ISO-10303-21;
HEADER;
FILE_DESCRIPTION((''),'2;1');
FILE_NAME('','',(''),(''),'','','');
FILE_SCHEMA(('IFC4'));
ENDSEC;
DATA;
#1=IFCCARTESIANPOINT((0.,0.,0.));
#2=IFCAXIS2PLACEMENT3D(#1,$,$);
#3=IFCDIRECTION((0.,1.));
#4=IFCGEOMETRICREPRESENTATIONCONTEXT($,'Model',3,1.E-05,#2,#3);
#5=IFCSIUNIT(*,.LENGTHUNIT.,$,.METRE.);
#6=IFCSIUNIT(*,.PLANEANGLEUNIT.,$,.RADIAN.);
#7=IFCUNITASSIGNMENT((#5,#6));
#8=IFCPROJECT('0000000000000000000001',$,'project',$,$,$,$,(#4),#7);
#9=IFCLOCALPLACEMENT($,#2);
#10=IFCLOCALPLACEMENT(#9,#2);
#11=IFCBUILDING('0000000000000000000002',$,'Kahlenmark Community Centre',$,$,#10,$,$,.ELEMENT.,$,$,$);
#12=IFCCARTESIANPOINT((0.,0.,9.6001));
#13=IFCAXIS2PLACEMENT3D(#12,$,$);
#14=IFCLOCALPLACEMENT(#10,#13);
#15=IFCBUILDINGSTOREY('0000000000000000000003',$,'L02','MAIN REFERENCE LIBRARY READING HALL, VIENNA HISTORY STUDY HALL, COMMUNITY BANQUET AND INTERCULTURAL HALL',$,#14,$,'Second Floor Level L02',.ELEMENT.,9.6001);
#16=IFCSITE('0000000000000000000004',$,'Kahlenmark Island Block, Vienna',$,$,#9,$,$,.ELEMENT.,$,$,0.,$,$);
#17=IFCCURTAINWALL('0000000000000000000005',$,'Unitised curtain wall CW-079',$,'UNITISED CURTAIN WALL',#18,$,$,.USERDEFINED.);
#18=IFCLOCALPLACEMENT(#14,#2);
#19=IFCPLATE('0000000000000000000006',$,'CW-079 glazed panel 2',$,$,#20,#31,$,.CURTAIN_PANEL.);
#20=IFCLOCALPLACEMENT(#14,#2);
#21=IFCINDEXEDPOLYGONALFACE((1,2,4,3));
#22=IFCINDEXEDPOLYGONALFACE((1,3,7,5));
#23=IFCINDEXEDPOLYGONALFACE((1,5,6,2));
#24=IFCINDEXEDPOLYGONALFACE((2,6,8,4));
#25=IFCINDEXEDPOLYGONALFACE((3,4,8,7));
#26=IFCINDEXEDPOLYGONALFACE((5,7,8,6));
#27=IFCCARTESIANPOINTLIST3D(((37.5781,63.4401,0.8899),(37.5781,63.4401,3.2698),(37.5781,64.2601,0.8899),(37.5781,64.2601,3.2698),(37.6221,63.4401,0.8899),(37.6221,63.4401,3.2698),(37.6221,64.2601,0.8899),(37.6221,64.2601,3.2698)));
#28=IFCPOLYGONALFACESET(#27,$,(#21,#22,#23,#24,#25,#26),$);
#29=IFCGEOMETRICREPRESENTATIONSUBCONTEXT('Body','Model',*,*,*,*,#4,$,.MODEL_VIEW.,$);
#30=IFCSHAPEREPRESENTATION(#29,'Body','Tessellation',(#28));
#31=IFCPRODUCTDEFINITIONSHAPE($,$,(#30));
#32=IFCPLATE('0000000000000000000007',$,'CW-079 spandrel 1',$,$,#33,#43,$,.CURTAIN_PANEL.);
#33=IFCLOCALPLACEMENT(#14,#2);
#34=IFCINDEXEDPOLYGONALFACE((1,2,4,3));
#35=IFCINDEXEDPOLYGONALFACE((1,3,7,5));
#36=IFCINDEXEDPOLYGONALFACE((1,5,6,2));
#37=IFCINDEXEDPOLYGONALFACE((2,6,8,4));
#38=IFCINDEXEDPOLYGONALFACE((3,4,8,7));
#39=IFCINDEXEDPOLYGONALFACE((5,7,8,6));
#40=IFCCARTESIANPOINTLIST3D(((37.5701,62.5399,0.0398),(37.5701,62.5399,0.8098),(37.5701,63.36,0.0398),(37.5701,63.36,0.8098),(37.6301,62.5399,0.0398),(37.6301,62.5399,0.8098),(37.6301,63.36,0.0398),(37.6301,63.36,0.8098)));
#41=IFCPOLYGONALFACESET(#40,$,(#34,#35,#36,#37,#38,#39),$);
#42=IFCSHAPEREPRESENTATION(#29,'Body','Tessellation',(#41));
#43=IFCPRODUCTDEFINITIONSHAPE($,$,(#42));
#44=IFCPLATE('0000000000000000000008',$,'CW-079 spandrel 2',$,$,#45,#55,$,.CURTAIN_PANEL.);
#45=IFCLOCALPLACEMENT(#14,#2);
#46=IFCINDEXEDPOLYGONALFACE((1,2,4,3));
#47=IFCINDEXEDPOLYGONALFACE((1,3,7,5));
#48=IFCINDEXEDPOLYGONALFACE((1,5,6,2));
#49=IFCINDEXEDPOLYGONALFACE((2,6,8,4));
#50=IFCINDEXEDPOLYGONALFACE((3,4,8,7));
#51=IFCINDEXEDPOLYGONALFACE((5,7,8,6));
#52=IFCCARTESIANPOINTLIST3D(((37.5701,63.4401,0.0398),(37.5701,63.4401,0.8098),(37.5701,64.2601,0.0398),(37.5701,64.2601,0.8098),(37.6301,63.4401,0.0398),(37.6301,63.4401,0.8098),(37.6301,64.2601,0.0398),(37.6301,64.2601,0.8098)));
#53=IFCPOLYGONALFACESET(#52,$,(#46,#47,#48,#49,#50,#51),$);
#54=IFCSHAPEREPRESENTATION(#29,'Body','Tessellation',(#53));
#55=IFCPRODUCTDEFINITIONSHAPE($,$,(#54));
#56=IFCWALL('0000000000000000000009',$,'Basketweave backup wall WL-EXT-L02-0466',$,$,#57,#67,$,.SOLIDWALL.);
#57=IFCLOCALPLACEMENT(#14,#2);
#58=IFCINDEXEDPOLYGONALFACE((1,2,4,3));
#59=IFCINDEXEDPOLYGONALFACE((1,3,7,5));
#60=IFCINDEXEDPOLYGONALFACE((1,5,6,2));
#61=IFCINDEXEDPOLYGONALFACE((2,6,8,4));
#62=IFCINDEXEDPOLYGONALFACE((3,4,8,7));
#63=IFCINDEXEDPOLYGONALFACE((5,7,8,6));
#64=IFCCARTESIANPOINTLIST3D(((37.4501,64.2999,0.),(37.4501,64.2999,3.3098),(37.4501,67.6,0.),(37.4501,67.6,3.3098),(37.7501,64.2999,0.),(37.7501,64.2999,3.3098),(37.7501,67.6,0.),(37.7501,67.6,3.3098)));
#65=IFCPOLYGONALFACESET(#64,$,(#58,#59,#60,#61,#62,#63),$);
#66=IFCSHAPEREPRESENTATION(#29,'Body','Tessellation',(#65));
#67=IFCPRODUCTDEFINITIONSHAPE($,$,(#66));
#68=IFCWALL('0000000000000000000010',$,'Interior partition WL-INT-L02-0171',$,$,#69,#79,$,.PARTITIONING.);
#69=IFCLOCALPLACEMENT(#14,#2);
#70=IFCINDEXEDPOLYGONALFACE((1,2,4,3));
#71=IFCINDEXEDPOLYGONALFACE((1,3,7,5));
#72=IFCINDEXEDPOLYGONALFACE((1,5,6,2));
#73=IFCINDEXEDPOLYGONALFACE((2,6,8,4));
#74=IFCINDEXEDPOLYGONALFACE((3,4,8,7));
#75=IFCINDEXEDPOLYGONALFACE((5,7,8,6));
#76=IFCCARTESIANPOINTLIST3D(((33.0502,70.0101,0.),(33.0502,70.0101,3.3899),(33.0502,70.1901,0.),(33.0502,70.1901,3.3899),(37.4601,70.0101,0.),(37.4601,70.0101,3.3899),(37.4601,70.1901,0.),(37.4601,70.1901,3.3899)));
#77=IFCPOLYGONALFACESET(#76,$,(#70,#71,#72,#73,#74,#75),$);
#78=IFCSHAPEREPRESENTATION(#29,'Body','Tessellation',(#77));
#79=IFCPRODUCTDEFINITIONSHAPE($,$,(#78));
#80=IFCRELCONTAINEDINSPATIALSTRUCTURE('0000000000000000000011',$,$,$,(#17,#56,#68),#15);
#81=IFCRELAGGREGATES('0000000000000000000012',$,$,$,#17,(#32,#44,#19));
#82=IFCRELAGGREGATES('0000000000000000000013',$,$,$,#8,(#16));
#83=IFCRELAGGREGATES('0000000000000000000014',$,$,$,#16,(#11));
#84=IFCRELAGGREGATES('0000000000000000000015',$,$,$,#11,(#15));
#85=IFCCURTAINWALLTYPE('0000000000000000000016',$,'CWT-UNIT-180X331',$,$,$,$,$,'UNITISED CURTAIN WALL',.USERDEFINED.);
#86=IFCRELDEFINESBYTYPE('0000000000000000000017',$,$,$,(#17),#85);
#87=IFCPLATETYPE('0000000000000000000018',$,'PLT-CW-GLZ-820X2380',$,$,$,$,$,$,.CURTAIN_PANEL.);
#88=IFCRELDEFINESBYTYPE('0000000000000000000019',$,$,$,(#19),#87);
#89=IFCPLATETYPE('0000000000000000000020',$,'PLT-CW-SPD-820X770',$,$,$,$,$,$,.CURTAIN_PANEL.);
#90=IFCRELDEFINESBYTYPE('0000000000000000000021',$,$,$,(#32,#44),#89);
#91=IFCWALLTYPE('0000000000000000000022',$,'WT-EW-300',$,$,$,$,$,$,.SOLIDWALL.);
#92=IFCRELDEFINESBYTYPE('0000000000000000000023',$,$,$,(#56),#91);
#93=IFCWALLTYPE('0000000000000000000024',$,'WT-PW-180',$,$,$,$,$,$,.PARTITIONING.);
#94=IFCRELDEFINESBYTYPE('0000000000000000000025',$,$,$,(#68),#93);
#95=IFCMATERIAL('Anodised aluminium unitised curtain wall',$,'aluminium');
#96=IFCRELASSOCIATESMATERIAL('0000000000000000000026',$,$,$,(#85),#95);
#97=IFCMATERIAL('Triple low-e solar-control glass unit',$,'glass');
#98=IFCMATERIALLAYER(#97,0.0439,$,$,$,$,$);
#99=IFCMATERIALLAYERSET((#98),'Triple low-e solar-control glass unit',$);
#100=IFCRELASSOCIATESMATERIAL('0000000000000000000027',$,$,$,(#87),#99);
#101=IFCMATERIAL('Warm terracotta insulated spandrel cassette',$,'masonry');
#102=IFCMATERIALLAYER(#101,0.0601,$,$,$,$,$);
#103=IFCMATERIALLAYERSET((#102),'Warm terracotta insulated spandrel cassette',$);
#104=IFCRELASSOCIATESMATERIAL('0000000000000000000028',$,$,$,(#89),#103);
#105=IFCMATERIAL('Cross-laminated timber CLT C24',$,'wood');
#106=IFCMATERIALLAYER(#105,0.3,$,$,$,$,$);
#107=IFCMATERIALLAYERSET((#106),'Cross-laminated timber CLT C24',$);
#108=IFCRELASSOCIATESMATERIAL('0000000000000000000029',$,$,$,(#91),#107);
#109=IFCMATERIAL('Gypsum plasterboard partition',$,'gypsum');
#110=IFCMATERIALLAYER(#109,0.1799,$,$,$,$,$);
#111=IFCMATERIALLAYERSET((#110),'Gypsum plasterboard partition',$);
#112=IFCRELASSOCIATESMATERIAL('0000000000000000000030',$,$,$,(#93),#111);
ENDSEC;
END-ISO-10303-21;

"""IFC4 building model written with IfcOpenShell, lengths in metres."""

from ifc_helpers import new_model, si_unit, direction, frame, frame_2d, origin, origin_2d, place, context, subcontext, project, spatial, rectangle, extrude, material, layer, layer_set, type_object, element, aggregate, save


model = new_model("IFC4")

# Units and contexts
model_context = context("Model", 3, precision=1e-05, world=origin(), true_north=direction((0.0, 1.0)))
body_context = subcontext(model_context, "Body", "Model", "MODEL_VIEW")
ifc_project = project(units=[si_unit("LENGTHUNIT", "METRE"), si_unit("PLANEANGLEUNIT", "RADIAN")], contexts=[model_context])

# Site, building, storey
site_placement = place(None, origin())
site = spatial("IfcSite", under=ifc_project, at=site_placement, Name="Kahlenmark Island Block, Vienna", CompositionType="ELEMENT", RefElevation=0.0)
building_placement = place(site_placement, origin())
building = spatial("IfcBuilding", under=site, at=building_placement, Name="Kahlenmark Community Centre", CompositionType="ELEMENT")
storey_placement = place(building_placement, frame((0.0, 0.0, 9.6001)))
storey = spatial("IfcBuildingStorey", under=building, at=storey_placement, Name="L02", Description="MAIN REFERENCE LIBRARY READING HALL, VIENNA HISTORY STUDY HALL, COMMUNITY BANQUET AND INTERCULTURAL HALL", LongName="Second Floor Level L02", CompositionType="ELEMENT", Elevation=9.6001)

# Curtain wall, plates
ifc_material_1 = material(Name="Anodised aluminium unitised curtain wall", Category="aluminium")
curtain_wall_type = type_object("IfcCurtainWallType", Name="CWT-UNIT-180X331", ElementType="UNITISED CURTAIN WALL", PredefinedType="USERDEFINED", material=ifc_material_1)
curtain_wall_placement = place(storey_placement, origin())
curtain_wall = element("IfcCurtainWall", 1, at=curtain_wall_placement, inside=storey, type_object=curtain_wall_type, Name="Unitised curtain wall CW-079", ObjectType="UNITISED CURTAIN WALL", PredefinedType="USERDEFINED")
ifc_material_2 = material(Name="Triple low-e solar-control glass unit", Category="glass")
ifc_layer_1 = layer(ifc_material_2, 0.0439)
ifc_layer_set_1 = layer_set([ifc_layer_1], Name="Triple low-e solar-control glass unit")
plate_type_1 = type_object("IfcPlateType", Name="PLT-CW-GLZ-820X2380", PredefinedType="CURTAIN_PANEL", material=ifc_layer_set_1)
plate_1_placement = place(storey_placement, frame((37.6001, 63.8501, 0.8899), z_axis=(0.0, 0.0, 1.0), x_axis=(0.0, 1.0, 0.0)))
plate_1 = element("IfcPlate", 2, at=plate_1_placement, type_object=plate_type_1, Name="CW-079 glazed panel 2", PredefinedType="CURTAIN_PANEL", context=body_context, shape_type="SweptSolid", body=[
    extrude(rectangle(XDim=0.8201, YDim=0.0439, at=origin_2d()), origin(), (0.0, 0.0, 1.0), 2.3799),
])
ifc_material_3 = material(Name="Warm terracotta insulated spandrel cassette", Category="masonry")
ifc_layer_2 = layer(ifc_material_3, 0.0601)
ifc_layer_set_2 = layer_set([ifc_layer_2], Name="Warm terracotta insulated spandrel cassette")
plate_type_2 = type_object("IfcPlateType", Name="PLT-CW-SPD-820X770", PredefinedType="CURTAIN_PANEL", material=ifc_layer_set_2)
plate_2_placement = place(storey_placement, frame((37.6001, 62.95, 0.0398), z_axis=(0.0, 0.0, 1.0), x_axis=(0.0, 1.0, 0.0)))
plate_2 = element("IfcPlate", 3, at=plate_2_placement, type_object=plate_type_2, Name="CW-079 spandrel 1", PredefinedType="CURTAIN_PANEL", context=body_context, shape_type="SweptSolid", body=[
    extrude(rectangle(XDim=0.8201, YDim=0.0601, at=origin_2d()), origin(), (0.0, 0.0, 1.0), 0.77),
])
plate_3_placement = place(storey_placement, frame((37.6001, 63.8501, 0.0398), z_axis=(0.0, 0.0, 1.0), x_axis=(0.0, 1.0, 0.0)))
plate_3 = element("IfcPlate", 4, at=plate_3_placement, type_object=plate_type_2, Name="CW-079 spandrel 2", PredefinedType="CURTAIN_PANEL", context=body_context, shape_type="SweptSolid", body=[
    extrude(rectangle(XDim=0.8201, YDim=0.0601, at=origin_2d()), origin(), (0.0, 0.0, 1.0), 0.77),
])
aggregate(curtain_wall, [plate_2, plate_3, plate_1])

# Wall
ifc_material_4 = material(Name="Cross-laminated timber CLT C24", Category="wood")
ifc_layer_3 = layer(ifc_material_4, 0.3)
ifc_layer_set_3 = layer_set([ifc_layer_3], Name="Cross-laminated timber CLT C24")
wall_type_1 = type_object("IfcWallType", Name="WT-EW-300", PredefinedType="SOLIDWALL", material=ifc_layer_set_3)
wall_1_placement = place(storey_placement, frame((37.6001, 64.3, 0.0), z_axis=(0.0, 0.0, 1.0), x_axis=(0.0, 1.0, 0.0)))
element("IfcWall", 5, at=wall_1_placement, inside=storey, type_object=wall_type_1, Name="Basketweave backup wall WL-EXT-L02-0466", PredefinedType="SOLIDWALL", context=body_context, shape_type="SweptSolid", body=[
    extrude(rectangle(XDim=3.3, YDim=0.3, at=frame_2d((1.6499, 0.0))), origin(), (0.0, 0.0, 1.0), 3.3098),
])

# Shared definitions
ifc_material_5 = material(Name="Gypsum plasterboard partition", Category="gypsum")
ifc_layer_4 = layer(ifc_material_5, 0.1799)
ifc_layer_set_4 = layer_set([ifc_layer_4], Name="Gypsum plasterboard partition")
wall_type_2 = type_object("IfcWallType", Name="WT-PW-180", PredefinedType="PARTITIONING", material=ifc_layer_set_4)

# Wall
wall_2_placement = place(storey_placement, frame((33.05, 70.1001, 0.0), z_axis=(0.0, 0.0, 1.0), x_axis=(1.0, 0.0, 0.0)))
element("IfcWall", 6, at=wall_2_placement, inside=storey, type_object=wall_type_2, Name="Interior partition WL-INT-L02-0171", PredefinedType="PARTITIONING", context=body_context, shape_type="SweptSolid", body=[
    extrude(rectangle(XDim=4.4099, YDim=0.1799, at=frame_2d((2.2051, 0.0))), origin(), (0.0, 0.0, 1.0), 3.3899),
])

save(model, "model.ifc")
